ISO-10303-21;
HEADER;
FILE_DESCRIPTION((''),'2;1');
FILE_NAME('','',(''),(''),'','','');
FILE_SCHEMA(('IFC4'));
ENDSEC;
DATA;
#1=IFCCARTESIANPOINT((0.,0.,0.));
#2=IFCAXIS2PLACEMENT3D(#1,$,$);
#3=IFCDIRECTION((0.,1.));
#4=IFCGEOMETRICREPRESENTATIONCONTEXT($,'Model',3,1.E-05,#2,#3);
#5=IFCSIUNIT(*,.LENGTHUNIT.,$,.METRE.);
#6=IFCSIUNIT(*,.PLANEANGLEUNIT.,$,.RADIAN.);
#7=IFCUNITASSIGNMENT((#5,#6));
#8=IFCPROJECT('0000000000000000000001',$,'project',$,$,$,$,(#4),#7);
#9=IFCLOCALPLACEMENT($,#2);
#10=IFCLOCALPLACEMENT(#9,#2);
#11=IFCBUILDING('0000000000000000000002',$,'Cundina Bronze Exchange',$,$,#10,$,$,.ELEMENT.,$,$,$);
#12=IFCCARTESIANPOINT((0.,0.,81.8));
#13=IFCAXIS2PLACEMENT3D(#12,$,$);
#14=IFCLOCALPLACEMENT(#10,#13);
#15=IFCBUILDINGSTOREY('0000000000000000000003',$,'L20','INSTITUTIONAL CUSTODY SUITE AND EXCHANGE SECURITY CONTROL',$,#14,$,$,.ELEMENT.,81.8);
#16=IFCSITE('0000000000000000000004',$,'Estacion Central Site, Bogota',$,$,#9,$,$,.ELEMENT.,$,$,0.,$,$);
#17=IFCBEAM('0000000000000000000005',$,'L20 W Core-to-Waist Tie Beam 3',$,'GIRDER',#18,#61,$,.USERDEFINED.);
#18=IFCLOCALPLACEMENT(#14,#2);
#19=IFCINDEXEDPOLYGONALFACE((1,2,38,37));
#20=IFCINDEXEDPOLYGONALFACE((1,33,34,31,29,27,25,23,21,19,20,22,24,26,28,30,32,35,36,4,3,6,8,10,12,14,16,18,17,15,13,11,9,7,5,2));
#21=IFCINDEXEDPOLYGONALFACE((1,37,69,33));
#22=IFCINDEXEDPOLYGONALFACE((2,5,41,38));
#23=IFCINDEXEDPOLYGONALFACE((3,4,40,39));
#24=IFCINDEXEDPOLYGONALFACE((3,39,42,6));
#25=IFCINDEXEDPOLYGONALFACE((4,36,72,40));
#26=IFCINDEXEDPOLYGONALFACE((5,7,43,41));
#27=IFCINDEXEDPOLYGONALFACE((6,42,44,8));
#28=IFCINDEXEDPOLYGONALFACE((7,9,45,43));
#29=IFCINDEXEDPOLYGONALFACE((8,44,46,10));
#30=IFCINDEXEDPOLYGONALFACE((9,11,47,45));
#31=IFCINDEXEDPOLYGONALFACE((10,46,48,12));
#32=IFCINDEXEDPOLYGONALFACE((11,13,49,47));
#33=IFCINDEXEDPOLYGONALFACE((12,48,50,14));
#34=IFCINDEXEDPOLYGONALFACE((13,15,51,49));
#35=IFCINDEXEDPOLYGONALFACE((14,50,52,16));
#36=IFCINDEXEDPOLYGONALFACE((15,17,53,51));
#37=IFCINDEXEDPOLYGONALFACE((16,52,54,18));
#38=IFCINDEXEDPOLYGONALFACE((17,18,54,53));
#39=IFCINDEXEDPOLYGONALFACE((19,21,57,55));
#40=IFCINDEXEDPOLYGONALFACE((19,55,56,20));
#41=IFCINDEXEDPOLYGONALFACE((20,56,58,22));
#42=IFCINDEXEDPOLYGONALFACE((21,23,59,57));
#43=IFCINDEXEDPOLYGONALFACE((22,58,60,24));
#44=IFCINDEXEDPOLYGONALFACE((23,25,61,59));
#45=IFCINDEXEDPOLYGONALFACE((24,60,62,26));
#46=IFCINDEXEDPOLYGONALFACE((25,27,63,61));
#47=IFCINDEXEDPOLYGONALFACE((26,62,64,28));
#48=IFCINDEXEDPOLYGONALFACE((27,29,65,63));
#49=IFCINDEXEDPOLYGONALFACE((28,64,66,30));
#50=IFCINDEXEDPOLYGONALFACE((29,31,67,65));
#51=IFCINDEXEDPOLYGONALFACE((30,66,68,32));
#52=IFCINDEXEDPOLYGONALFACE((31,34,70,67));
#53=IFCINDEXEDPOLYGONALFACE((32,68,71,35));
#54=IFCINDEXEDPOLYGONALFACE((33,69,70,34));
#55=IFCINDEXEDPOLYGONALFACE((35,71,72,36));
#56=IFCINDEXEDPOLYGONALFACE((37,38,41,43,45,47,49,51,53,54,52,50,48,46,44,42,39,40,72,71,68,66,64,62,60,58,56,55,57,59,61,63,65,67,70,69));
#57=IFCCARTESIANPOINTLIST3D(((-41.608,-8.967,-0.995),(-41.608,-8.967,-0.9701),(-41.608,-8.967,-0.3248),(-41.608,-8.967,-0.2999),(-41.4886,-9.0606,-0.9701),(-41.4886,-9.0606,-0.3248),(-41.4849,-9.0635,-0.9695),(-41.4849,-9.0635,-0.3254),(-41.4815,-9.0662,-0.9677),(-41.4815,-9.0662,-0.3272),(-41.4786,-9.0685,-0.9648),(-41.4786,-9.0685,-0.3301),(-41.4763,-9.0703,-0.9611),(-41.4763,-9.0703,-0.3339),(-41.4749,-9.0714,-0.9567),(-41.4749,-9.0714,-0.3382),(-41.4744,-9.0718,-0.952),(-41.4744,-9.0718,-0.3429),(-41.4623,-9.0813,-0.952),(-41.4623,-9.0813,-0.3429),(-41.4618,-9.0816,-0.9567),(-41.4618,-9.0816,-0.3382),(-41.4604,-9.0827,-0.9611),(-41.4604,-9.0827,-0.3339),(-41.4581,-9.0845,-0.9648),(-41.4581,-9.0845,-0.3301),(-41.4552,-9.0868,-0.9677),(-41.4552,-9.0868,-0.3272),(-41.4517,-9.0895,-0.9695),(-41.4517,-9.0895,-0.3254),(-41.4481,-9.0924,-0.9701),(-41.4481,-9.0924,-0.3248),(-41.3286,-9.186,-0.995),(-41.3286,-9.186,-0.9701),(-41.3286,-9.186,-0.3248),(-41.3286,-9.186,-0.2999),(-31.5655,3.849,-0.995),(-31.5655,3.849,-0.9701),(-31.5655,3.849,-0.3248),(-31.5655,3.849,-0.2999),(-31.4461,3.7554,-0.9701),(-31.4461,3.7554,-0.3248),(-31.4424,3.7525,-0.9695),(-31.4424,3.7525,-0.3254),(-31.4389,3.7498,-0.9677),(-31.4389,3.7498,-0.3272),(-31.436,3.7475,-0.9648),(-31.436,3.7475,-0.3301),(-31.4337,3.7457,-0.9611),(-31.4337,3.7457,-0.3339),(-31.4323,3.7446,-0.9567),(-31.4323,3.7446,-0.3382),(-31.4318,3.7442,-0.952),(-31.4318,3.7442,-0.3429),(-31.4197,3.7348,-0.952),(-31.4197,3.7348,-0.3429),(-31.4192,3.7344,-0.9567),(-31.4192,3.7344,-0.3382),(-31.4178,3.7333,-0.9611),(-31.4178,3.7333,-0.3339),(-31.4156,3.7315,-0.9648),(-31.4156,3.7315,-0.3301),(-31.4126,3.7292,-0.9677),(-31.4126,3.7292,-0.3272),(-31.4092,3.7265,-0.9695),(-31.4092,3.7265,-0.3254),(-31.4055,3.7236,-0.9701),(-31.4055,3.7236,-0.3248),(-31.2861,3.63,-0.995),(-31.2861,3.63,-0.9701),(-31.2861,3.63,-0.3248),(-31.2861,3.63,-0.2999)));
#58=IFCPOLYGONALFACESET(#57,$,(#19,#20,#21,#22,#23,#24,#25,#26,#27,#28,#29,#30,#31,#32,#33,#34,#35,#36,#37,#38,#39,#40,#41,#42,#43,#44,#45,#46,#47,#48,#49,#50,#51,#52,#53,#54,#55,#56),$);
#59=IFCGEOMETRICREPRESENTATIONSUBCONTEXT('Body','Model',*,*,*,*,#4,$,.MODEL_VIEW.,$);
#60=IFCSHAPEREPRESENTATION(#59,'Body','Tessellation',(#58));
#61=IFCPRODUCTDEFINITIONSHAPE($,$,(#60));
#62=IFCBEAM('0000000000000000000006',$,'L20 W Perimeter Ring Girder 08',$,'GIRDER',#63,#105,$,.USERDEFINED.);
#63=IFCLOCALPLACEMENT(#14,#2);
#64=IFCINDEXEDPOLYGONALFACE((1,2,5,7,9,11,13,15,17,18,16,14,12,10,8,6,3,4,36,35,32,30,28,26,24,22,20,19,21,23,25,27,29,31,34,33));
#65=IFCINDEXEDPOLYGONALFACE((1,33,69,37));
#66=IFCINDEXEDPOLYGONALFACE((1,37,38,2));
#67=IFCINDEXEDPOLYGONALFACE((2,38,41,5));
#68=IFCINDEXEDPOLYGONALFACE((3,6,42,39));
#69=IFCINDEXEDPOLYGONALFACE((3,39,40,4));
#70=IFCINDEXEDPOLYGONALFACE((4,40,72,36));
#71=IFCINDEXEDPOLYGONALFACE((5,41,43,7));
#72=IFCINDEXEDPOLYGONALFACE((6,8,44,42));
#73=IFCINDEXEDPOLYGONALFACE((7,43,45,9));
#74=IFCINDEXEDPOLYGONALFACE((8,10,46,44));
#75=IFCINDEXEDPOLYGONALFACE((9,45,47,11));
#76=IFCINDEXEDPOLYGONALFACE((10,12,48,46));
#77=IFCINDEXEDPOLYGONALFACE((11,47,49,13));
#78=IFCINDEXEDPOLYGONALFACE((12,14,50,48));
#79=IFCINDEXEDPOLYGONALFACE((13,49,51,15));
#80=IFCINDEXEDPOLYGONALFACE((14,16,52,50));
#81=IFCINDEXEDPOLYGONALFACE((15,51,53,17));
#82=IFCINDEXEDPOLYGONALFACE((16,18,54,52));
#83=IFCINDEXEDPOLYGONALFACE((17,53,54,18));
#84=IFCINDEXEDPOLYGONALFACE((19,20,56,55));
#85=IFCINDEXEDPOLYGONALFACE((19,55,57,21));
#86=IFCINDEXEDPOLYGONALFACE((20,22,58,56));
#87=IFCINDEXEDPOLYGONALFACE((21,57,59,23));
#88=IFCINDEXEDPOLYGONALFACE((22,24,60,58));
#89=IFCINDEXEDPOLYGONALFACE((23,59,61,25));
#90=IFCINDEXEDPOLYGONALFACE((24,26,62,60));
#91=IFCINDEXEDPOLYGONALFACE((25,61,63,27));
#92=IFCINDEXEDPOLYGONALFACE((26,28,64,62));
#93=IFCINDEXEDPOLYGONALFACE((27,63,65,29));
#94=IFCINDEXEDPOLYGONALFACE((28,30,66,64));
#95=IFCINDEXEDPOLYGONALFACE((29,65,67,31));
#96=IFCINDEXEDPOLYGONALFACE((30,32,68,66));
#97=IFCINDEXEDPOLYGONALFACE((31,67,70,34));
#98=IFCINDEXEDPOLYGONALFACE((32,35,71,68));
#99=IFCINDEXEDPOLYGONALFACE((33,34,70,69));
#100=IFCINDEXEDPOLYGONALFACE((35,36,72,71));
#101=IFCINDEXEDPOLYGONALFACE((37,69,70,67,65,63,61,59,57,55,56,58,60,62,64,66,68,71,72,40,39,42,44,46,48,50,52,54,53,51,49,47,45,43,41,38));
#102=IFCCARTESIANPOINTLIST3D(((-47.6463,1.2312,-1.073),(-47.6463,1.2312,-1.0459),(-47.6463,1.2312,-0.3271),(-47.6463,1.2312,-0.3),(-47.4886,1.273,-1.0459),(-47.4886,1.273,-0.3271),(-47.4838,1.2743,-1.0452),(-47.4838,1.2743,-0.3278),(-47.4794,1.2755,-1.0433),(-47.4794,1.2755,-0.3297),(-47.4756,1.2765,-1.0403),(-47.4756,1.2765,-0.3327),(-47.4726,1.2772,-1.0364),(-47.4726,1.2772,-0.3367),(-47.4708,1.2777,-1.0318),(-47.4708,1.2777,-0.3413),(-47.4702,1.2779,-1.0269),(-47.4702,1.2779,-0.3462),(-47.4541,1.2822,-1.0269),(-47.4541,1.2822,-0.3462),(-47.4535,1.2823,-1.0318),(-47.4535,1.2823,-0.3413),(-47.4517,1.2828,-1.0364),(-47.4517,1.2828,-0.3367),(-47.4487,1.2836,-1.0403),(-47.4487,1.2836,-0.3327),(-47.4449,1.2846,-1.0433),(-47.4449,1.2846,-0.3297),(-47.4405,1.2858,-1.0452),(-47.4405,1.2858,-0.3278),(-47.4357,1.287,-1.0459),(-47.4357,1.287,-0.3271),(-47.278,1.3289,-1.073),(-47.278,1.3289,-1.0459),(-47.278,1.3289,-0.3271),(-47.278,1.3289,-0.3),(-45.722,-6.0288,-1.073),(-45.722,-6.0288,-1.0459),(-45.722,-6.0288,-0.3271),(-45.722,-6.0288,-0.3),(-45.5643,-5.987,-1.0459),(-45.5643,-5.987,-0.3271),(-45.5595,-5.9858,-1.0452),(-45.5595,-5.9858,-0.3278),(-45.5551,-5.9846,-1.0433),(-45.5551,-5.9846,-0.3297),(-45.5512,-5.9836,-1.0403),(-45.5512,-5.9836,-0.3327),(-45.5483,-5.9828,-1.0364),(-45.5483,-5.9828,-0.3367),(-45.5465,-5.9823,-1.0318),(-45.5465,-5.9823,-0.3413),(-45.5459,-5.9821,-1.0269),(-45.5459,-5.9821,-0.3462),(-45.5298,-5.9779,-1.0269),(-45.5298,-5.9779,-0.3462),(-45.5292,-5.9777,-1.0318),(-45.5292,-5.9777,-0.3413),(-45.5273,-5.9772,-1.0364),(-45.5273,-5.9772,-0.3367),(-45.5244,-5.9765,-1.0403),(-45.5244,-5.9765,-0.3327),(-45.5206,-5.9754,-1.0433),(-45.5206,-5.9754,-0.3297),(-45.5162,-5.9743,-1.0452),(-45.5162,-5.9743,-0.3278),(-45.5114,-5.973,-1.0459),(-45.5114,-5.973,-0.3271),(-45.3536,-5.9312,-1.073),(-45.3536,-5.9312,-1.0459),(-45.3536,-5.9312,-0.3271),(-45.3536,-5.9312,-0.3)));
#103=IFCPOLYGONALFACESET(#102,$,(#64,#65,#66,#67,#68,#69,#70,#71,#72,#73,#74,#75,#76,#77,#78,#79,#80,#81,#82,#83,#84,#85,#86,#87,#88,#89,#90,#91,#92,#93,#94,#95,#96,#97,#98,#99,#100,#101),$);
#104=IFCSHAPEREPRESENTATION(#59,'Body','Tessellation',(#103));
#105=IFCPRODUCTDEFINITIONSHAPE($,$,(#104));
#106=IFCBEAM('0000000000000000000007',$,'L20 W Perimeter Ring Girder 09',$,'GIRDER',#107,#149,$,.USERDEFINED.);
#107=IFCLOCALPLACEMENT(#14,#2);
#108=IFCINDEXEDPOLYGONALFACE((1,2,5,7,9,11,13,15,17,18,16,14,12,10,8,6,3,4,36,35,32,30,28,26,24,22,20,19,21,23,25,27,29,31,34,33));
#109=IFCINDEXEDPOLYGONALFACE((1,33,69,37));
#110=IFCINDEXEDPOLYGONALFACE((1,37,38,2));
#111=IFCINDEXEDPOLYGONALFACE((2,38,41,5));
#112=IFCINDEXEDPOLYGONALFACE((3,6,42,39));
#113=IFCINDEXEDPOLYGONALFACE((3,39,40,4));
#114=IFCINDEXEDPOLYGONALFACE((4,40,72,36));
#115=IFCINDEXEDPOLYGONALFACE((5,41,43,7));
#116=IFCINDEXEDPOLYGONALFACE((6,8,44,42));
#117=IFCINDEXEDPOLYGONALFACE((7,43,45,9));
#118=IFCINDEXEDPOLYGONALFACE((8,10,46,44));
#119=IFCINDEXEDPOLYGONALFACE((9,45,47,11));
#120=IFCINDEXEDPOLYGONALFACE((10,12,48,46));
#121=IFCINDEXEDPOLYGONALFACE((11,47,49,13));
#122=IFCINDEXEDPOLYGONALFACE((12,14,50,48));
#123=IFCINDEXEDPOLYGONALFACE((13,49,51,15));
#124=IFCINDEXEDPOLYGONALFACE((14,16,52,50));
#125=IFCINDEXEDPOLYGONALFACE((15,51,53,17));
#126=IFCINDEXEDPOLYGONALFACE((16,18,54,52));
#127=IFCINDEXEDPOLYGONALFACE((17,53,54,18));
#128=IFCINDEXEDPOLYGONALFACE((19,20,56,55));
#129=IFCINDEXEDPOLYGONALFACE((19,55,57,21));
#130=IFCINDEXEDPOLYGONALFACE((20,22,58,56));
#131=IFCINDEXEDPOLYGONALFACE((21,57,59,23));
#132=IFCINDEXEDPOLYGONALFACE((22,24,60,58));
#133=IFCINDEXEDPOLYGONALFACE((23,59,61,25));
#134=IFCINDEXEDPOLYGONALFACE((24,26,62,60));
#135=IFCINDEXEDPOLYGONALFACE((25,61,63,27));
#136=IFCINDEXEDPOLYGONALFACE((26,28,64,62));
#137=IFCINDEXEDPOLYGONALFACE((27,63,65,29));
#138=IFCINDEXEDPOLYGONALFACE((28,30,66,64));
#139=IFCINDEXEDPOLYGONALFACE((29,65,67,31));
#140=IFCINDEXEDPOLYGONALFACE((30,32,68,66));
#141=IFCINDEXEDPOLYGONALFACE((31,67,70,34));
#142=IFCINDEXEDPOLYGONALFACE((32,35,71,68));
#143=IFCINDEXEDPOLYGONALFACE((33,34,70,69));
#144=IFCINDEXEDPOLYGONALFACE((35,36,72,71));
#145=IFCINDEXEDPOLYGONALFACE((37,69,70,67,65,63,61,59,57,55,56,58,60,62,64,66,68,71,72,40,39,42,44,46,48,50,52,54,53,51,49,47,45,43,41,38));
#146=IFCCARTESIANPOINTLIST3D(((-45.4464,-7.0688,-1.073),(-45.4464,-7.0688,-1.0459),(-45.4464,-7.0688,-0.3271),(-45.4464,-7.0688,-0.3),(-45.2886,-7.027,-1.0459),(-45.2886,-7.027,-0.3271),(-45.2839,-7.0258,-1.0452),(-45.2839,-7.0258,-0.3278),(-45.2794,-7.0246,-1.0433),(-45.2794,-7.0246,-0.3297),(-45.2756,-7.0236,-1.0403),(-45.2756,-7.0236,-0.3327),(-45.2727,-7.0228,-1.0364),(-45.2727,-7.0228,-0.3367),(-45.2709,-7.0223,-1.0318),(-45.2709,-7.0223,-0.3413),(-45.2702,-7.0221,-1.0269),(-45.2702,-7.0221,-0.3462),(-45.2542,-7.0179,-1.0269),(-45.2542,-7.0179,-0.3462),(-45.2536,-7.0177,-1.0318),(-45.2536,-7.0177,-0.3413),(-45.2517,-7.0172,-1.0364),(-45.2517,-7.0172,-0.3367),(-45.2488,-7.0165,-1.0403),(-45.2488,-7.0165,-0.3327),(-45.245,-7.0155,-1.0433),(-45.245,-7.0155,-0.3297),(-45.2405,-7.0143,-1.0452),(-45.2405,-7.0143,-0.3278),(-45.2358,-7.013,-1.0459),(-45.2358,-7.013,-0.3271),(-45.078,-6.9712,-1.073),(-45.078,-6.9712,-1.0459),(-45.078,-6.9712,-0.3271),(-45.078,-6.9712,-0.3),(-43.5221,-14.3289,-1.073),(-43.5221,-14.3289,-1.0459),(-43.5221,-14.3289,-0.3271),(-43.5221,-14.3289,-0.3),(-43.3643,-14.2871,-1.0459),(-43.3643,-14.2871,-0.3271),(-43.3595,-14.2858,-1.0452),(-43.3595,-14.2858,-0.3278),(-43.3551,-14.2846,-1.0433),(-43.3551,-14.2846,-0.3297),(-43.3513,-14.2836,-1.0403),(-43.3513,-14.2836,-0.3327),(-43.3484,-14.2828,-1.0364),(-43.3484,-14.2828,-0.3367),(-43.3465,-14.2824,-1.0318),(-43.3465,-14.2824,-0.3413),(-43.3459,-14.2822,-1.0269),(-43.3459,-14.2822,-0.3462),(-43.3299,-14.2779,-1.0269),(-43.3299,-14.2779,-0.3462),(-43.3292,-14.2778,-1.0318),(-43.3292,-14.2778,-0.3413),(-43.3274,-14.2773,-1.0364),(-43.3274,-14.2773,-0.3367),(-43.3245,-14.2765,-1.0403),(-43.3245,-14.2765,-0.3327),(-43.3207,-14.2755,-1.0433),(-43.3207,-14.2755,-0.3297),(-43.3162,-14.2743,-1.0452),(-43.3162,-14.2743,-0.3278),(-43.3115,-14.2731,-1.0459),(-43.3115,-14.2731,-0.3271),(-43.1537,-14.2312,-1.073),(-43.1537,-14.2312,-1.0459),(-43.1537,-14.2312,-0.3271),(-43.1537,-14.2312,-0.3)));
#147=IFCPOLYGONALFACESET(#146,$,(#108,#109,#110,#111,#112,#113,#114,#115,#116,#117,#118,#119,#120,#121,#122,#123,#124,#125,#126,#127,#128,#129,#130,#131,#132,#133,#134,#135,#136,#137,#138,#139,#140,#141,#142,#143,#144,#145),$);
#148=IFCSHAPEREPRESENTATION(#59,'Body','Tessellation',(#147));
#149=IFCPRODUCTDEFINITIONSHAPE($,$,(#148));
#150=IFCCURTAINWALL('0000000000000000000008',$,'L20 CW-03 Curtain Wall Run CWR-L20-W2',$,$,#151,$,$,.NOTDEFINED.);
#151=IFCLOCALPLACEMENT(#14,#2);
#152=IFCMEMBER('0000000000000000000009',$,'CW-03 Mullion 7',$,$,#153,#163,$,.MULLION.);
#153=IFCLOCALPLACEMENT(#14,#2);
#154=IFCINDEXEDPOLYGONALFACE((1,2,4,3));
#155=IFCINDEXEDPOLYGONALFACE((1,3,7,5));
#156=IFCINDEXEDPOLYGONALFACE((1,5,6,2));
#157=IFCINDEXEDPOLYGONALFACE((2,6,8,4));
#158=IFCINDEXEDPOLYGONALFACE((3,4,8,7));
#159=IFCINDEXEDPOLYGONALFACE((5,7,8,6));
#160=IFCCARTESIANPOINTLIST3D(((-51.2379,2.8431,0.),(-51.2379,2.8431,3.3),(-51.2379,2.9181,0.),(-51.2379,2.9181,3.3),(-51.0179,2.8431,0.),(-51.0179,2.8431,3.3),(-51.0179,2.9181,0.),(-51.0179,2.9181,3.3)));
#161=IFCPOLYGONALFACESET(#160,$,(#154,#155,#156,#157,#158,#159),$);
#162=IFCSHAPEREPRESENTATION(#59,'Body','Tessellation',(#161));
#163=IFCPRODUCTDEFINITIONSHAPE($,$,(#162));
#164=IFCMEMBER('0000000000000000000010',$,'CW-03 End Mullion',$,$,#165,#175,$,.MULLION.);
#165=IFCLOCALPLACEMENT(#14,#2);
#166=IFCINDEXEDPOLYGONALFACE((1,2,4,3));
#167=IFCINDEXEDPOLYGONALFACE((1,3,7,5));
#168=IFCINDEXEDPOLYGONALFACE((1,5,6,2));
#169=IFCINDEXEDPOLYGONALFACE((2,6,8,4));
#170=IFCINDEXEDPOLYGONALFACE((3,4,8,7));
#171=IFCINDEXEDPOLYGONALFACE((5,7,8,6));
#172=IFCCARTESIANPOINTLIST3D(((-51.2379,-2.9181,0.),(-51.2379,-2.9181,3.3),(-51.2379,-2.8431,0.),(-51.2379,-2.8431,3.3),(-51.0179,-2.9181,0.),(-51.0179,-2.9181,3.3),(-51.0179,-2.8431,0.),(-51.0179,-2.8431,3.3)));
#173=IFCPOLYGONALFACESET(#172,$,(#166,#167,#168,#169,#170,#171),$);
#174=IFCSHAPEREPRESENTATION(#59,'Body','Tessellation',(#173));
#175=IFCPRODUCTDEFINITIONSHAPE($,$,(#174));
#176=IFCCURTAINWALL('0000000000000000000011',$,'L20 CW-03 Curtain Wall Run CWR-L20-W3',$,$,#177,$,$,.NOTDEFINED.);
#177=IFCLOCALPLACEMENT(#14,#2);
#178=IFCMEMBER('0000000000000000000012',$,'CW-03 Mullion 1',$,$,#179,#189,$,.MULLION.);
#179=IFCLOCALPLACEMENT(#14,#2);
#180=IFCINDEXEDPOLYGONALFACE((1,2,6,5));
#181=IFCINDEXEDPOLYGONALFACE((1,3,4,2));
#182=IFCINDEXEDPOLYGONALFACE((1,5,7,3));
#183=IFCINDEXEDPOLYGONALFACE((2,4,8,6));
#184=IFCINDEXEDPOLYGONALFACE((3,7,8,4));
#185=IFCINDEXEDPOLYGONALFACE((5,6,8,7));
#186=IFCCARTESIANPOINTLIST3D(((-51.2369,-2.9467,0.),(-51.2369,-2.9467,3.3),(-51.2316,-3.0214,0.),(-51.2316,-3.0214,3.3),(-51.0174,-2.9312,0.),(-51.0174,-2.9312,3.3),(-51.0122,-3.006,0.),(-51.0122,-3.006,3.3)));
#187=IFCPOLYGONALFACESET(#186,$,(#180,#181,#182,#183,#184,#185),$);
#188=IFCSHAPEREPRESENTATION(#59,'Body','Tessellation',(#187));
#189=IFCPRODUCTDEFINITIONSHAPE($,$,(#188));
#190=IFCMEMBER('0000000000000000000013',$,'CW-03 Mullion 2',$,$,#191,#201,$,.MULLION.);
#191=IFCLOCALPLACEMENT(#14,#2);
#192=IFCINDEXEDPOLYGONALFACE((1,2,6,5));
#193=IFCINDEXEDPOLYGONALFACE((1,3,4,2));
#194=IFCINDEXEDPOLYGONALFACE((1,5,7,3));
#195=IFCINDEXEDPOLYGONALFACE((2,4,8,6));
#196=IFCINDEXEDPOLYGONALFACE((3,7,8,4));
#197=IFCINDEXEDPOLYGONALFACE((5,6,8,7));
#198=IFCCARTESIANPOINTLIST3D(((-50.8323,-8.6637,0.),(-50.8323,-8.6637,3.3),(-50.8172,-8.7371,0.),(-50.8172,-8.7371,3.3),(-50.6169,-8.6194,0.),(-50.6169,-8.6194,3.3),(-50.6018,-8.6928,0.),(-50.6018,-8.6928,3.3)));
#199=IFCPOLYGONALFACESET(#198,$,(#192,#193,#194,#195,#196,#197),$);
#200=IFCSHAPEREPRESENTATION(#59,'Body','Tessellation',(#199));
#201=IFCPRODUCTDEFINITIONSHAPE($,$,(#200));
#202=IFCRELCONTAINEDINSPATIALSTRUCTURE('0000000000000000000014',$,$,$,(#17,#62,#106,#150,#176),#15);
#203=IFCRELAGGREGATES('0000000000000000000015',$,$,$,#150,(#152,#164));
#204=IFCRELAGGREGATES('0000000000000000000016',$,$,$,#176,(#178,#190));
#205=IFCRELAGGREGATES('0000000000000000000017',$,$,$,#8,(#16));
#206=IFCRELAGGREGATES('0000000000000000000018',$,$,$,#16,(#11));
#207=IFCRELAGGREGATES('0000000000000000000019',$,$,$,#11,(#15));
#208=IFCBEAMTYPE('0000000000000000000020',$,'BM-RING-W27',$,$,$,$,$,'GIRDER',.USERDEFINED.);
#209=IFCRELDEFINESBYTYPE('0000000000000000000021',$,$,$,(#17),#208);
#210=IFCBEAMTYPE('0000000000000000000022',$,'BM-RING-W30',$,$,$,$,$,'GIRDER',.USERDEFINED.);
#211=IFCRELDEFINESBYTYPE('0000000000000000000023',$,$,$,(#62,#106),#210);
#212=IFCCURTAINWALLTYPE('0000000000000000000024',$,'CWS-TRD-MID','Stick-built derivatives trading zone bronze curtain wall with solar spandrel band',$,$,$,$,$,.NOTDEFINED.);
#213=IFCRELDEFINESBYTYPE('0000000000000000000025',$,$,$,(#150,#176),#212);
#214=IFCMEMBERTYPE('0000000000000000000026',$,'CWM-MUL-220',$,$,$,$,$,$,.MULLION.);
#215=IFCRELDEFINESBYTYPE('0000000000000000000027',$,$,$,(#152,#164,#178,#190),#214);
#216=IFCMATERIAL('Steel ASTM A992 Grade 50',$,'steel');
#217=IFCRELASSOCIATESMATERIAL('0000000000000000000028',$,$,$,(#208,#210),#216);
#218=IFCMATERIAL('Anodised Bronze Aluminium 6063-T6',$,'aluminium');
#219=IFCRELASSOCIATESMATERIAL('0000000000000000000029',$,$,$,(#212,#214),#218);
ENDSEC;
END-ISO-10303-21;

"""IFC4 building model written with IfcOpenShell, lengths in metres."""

from ifc_helpers import new_model, si_unit, direction, frame, origin, origin_2d, place, context, subcontext, project, spatial, rectangle, i_section, extrude, material, material_profile, profile_set, type_object, element, aggregate, save


model = new_model("IFC4")

# Units and contexts
model_context = context("Model", 3, precision=1e-05, world=origin(), true_north=direction((0.0, 1.0)))
body_context = subcontext(model_context, "Body", "Model", "MODEL_VIEW")
ifc_project = project(units=[si_unit("LENGTHUNIT", "METRE"), si_unit("PLANEANGLEUNIT", "RADIAN")], contexts=[model_context])

# Site, building, storey
site_placement = place(None, origin())
site = spatial("IfcSite", under=ifc_project, at=site_placement, Name="Estacion Central Site, Bogota", CompositionType="ELEMENT", RefElevation=0.0)
building_placement = place(site_placement, origin())
building = spatial("IfcBuilding", under=site, at=building_placement, Name="Cundina Bronze Exchange", CompositionType="ELEMENT")
storey_placement = place(building_placement, frame((0.0, 0.0, 81.8)))
storey = spatial("IfcBuildingStorey", under=building, at=storey_placement, Name="L20", Description="INSTITUTIONAL CUSTODY SUITE AND EXCHANGE SECURITY CONTROL", CompositionType="ELEMENT", Elevation=81.8)

# Shared definitions
ifc_material_1 = material(Name="Steel ASTM A992 Grade 50", Category="steel")

# Beams
ifc_material_profile_1 = material_profile(ifc_material_1, i_section(OverallWidth=0.355, OverallDepth=0.6951, WebThickness=0.0154, FlangeThickness=0.0249, FilletRadius=0.0181, at=origin_2d()), Name="W27X146", Category="steel")
ifc_profile_set_1 = profile_set([ifc_material_profile_1], Name="Steel ASTM A992 Grade 50")
beam_type_1 = type_object("IfcBeamType", Name="BM-RING-W27", ElementType="GIRDER", PredefinedType="USERDEFINED", material=ifc_profile_set_1)
beam_1_placement = place(storey_placement, frame((-31.4258, 3.7395, -0.6475), z_axis=(-0.616789, -0.787128, 0.0), x_axis=(0.787128, -0.616789, 0.0)))
element("IfcBeam", 1, at=beam_1_placement, inside=storey, type_object=beam_type_1, Name="L20 W Core-to-Waist Tie Beam 3", ObjectType="GIRDER", PredefinedType="USERDEFINED", context=body_context, shape_type="SweptSolid", body=[
    extrude(i_section(OverallWidth=0.355, OverallDepth=0.6951, WebThickness=0.0154, FlangeThickness=0.0249, FilletRadius=0.0181, at=origin_2d()), origin(), (0.0, 0.0, 1.0), 16.282),
])
ifc_material_profile_2 = material_profile(ifc_material_1, i_section(OverallWidth=0.3811, OverallDepth=0.7729, WebThickness=0.0166, FlangeThickness=0.0271, FilletRadius=0.019, at=origin_2d()), Name="W30X173", Category="steel")
ifc_profile_set_2 = profile_set([ifc_material_profile_2], Name="Steel ASTM A992 Grade 50")
beam_type_2 = type_object("IfcBeamType", Name="BM-RING-W30", ElementType="GIRDER", PredefinedType="USERDEFINED", material=ifc_profile_set_2)
for number, where, z_axis, x_axis, name in (
    (2, (-47.4622, 1.28, -0.6865), (0.25621, -0.966621, 0.0), (0.966621, 0.25621, 0.0), "L20 W Perimeter Ring Girder 08"),
    (3, (-45.2622, -7.02, -0.6865), (0.25621, -0.966621, 0.0), (0.966621, 0.25621, 0.0), "L20 W Perimeter Ring Girder 09"),
):
    element("IfcBeam", number, at=place(storey_placement, frame(where, z_axis=z_axis, x_axis=x_axis)), inside=storey, type_object=beam_type_2, Name=name, ObjectType="GIRDER", PredefinedType="USERDEFINED", context=body_context, shape_type="SweptSolid", body=[
        extrude(i_section(OverallWidth=0.3811, OverallDepth=0.7729, WebThickness=0.0166, FlangeThickness=0.0271, FilletRadius=0.019, at=origin_2d()), origin(), (0.0, 0.0, 1.0), 7.5107),
    ])

# Curtain walls, members
ifc_material_2 = material(Name="Anodised Bronze Aluminium 6063-T6", Category="aluminium")
curtain_wall_type = type_object("IfcCurtainWallType", Name="CWS-TRD-MID", Description="Stick-built derivatives trading zone bronze curtain wall with solar spandrel band", PredefinedType="NOTDEFINED", material=ifc_material_2)
curtain_wall_1_placement = place(storey_placement, origin())
curtain_wall_1 = element("IfcCurtainWall", 4, at=curtain_wall_1_placement, inside=storey, type_object=curtain_wall_type, Name="L20 CW-03 Curtain Wall Run CWR-L20-W2", PredefinedType="NOTDEFINED")
ifc_material_profile_3 = material_profile(ifc_material_2, rectangle(XDim=0.075, YDim=0.22, at=origin_2d()), Name="AL75X220", Category="aluminium")
ifc_profile_set_3 = profile_set([ifc_material_profile_3], Name="Anodised Bronze Aluminium 6063-T6")
member_type_1 = type_object("IfcMemberType", Name="CWM-MUL-220", PredefinedType="MULLION", material=ifc_profile_set_3)
member_1_placement = place(storey_placement, frame((-51.1279, 2.8806, 0.0), z_axis=(0.0, 0.0, 1.0), x_axis=(0.0, -1.0, 0.0)))
member_1 = element("IfcMember", 5, at=member_1_placement, type_object=member_type_1, Name="CW-03 Mullion 7", PredefinedType="MULLION", context=body_context, shape_type="SweptSolid", body=[
    extrude(rectangle(XDim=0.075, YDim=0.22, at=origin_2d()), origin(), (0.0, 0.0, 1.0), 3.3),
])
member_2_placement = place(storey_placement, frame((-51.1279, -2.8806, 0.0), z_axis=(0.0, 0.0, 1.0), x_axis=(0.0, -1.0, 0.0)))
member_2 = element("IfcMember", 6, at=member_2_placement, type_object=member_type_1, Name="CW-03 End Mullion", PredefinedType="MULLION", context=body_context, shape_type="SweptSolid", body=[
    extrude(rectangle(XDim=0.075, YDim=0.22, at=origin_2d()), origin(), (0.0, 0.0, 1.0), 3.3),
])
curtain_wall_2_placement = place(storey_placement, origin())
curtain_wall_2 = element("IfcCurtainWall", 7, at=curtain_wall_2_placement, inside=storey, type_object=curtain_wall_type, Name="L20 CW-03 Curtain Wall Run CWR-L20-W3", PredefinedType="NOTDEFINED")
member_3_placement = place(storey_placement, frame((-51.1245, -2.9763, 0.0), z_axis=(0.0, 0.0, 1.0), x_axis=(0.070279, -0.997527, 0.0)))
member_3 = element("IfcMember", 8, at=member_3_placement, type_object=member_type_1, Name="CW-03 Mullion 1", PredefinedType="MULLION", context=body_context, shape_type="SweptSolid", body=[
    extrude(rectangle(XDim=0.075, YDim=0.22, at=origin_2d()), origin(), (0.0, 0.0, 1.0), 3.3),
])
member_4_placement = place(storey_placement, frame((-50.717, -8.6782, 0.0), z_axis=(0.0, 0.0, 1.0), x_axis=(0.20142, -0.979505, 0.0)))
member_4 = element("IfcMember", 9, at=member_4_placement, type_object=member_type_1, Name="CW-03 Mullion 2", PredefinedType="MULLION", context=body_context, shape_type="SweptSolid", body=[
    extrude(rectangle(XDim=0.075, YDim=0.22, at=origin_2d()), origin(), (0.0, 0.0, 1.0), 3.3),
])

aggregate(curtain_wall_1, [member_1, member_2])
aggregate(curtain_wall_2, [member_3, member_4])

save(model, "model.ifc")
